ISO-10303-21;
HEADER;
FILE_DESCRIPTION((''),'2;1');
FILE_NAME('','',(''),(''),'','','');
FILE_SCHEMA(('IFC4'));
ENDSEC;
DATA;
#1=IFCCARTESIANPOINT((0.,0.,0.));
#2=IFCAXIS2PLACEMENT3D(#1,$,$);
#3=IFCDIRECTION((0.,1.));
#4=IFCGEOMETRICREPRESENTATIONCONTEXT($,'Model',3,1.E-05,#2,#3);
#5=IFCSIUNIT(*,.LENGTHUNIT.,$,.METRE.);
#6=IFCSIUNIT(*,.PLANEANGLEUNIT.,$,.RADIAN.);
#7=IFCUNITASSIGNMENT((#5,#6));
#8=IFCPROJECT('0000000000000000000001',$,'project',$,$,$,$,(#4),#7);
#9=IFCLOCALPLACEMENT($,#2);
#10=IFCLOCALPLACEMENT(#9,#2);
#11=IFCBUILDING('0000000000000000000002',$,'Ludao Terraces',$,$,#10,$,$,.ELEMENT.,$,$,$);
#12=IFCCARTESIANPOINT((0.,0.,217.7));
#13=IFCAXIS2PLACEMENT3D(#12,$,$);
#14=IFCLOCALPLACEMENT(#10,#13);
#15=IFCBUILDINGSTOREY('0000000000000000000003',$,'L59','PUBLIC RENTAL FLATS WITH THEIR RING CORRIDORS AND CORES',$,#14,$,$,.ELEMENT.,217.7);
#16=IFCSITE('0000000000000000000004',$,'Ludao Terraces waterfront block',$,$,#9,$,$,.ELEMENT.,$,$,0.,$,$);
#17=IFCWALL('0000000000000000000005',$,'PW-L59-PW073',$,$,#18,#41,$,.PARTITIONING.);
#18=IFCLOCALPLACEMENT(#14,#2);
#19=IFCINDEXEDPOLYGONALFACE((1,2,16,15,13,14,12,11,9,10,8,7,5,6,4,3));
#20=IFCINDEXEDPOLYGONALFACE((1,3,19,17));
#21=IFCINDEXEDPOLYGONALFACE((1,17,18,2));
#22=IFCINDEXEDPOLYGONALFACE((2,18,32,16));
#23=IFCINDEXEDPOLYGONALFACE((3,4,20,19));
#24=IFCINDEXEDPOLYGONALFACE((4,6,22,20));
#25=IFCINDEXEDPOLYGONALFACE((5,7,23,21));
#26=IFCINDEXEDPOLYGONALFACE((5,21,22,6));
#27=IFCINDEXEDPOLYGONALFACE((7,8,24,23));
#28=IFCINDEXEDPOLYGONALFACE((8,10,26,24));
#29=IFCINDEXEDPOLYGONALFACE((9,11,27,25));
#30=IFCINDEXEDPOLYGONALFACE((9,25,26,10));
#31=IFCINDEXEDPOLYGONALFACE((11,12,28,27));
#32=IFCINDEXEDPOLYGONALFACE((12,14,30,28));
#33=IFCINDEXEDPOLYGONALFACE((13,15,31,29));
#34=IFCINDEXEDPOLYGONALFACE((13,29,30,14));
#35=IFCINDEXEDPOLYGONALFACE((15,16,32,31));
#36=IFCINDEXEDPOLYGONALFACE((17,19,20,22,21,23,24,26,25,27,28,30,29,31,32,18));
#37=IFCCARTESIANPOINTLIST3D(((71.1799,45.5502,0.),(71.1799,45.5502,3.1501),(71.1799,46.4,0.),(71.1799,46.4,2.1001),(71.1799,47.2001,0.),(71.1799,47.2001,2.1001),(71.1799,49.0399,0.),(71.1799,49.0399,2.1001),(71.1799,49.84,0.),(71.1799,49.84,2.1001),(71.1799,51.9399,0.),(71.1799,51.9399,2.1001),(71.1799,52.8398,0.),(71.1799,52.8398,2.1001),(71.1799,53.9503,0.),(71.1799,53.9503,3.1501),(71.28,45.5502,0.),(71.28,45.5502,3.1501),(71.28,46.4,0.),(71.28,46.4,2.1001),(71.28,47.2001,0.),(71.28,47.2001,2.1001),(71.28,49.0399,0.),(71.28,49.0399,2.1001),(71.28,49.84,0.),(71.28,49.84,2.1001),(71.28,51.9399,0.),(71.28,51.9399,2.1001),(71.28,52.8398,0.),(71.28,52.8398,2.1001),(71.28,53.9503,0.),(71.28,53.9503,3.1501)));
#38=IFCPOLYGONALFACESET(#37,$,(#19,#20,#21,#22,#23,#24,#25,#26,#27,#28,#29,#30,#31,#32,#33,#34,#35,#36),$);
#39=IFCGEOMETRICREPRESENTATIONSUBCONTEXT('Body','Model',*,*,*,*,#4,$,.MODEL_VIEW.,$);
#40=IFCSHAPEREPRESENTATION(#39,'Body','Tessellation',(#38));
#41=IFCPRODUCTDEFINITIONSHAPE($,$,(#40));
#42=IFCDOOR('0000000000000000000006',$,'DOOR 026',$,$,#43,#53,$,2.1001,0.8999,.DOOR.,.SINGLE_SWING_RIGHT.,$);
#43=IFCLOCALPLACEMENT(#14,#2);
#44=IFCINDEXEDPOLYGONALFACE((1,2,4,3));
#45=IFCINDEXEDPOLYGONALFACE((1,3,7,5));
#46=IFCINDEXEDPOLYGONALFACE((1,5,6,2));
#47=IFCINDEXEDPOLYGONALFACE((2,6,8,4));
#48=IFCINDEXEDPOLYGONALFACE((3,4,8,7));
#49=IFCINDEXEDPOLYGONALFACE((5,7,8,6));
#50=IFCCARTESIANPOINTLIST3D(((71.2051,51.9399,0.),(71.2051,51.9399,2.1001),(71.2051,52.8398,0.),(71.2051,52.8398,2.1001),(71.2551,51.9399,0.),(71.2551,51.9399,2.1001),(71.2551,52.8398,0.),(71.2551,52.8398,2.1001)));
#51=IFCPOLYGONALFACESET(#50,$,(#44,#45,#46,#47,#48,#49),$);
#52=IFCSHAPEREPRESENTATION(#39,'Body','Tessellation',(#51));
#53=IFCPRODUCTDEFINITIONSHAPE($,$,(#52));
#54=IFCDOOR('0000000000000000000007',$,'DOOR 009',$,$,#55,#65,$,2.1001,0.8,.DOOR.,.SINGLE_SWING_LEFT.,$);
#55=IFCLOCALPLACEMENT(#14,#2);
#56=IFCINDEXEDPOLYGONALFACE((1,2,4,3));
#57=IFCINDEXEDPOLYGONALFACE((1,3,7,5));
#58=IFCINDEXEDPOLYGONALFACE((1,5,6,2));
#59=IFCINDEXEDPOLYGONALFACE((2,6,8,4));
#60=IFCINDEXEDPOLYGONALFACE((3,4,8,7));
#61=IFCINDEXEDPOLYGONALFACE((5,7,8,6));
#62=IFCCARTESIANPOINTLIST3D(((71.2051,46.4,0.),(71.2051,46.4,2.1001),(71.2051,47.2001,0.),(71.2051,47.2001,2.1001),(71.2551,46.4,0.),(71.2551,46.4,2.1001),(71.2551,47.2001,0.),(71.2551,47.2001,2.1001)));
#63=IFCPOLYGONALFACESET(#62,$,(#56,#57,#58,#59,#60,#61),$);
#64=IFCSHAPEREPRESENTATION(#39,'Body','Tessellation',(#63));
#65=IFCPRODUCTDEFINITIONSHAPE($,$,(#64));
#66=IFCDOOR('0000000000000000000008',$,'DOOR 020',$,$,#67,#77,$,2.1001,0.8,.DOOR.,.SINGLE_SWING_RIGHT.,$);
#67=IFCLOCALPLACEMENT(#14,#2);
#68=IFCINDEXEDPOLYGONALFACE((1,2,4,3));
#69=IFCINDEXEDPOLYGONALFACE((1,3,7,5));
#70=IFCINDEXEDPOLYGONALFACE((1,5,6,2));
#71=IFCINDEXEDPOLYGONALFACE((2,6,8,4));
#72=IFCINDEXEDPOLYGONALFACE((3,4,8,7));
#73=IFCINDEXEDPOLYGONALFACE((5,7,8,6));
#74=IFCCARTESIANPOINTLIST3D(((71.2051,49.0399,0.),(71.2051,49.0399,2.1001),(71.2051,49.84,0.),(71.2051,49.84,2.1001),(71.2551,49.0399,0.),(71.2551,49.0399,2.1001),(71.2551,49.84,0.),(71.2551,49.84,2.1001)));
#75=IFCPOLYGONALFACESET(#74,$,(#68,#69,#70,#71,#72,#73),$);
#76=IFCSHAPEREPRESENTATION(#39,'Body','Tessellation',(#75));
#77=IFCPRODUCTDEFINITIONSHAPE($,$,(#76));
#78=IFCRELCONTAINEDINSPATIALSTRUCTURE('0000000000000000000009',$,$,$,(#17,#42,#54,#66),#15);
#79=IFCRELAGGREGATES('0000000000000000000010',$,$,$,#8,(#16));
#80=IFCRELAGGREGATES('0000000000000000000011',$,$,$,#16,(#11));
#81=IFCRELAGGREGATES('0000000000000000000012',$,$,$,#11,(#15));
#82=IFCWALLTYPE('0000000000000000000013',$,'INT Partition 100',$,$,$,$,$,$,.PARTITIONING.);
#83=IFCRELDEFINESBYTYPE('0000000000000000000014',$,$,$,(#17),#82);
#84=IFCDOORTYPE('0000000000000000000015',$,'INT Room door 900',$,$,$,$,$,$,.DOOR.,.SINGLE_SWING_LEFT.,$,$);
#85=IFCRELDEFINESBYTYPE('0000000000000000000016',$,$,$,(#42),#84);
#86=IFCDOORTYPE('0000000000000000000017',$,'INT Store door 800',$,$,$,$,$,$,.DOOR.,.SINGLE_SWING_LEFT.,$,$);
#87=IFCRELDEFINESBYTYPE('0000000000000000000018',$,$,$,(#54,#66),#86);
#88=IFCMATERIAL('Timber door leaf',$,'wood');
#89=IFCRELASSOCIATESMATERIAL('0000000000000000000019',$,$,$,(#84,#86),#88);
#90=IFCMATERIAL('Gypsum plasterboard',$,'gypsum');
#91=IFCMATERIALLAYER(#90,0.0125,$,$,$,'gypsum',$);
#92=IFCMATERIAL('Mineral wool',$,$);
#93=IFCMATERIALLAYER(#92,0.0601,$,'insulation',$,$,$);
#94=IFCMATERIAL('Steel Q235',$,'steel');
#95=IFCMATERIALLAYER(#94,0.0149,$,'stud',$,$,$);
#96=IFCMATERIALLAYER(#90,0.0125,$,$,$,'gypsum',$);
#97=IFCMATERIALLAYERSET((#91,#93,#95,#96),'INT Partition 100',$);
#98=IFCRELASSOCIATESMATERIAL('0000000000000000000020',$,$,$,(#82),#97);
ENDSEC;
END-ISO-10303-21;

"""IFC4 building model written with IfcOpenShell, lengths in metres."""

from ifc_helpers import new_model, si_unit, direction, frame, frame_2d, origin, place, context, subcontext, project, spatial, rectangle, extrude, material, layer, layer_set, type_object, element, fill, save


model = new_model("IFC4")

# Units and contexts
model_context = context("Model", 3, precision=1e-05, world=origin(), true_north=direction((0.0, 1.0)))
body_context = subcontext(model_context, "Body", "Model", "MODEL_VIEW")
ifc_project = project(units=[si_unit("LENGTHUNIT", "METRE"), si_unit("PLANEANGLEUNIT", "RADIAN")], contexts=[model_context])

# Site, building, storey
site_placement = place(None, origin())
site = spatial("IfcSite", under=ifc_project, at=site_placement, Name="Ludao Terraces waterfront block", CompositionType="ELEMENT", RefElevation=0.0)
building_placement = place(site_placement, origin())
building = spatial("IfcBuilding", under=site, at=building_placement, Name="Ludao Terraces", CompositionType="ELEMENT")
storey_placement = place(building_placement, frame((0.0, 0.0, 217.7)))
storey = spatial("IfcBuildingStorey", under=building, at=storey_placement, Name="L59", Description="PUBLIC RENTAL FLATS WITH THEIR RING CORRIDORS AND CORES", CompositionType="ELEMENT", Elevation=217.7)

# Wall, openings, doors
ifc_material_1 = material(Name="Steel Q235", Category="steel")
ifc_material_2 = material(Name="Timber door leaf", Category="wood")
door_type_1 = type_object("IfcDoorType", Name="INT Room door 900", OperationType="SINGLE_SWING_LEFT", PredefinedType="DOOR", material=ifc_material_2)
ifc_material_3 = material(Name="Gypsum plasterboard", Category="gypsum")
ifc_layer_1 = layer(ifc_material_3, 0.0125, Category="gypsum")
ifc_material_4 = material(Name="Mineral wool")
ifc_layer_2 = layer(ifc_material_4, 0.0601, Name="insulation")
ifc_layer_3 = layer(ifc_material_1, 0.0149, Name="stud")
ifc_layer_4 = layer(ifc_material_3, 0.0125, Category="gypsum")
ifc_layer_set_1 = layer_set([ifc_layer_1, ifc_layer_2, ifc_layer_3, ifc_layer_4], Name="INT Partition 100")
wall_type_1 = type_object("IfcWallType", Name="INT Partition 100", PredefinedType="PARTITIONING", material=ifc_layer_set_1)
wall_1_placement = place(storey_placement, frame((71.23, 45.55, 0.0), z_axis=(0.0, 0.0, 1.0), x_axis=(0.0, 1.0, 0.0)))
wall_1 = element("IfcWall", 1, at=wall_1_placement, inside=storey, type_object=wall_type_1, Name="PW-L59-PW073", PredefinedType="PARTITIONING", context=body_context, shape_type="SweptSolid", body=[
    extrude(rectangle(XDim=8.4001, YDim=0.1001, at=frame_2d((4.2002, 0.0))), origin(), (0.0, 0.0, 1.0), 3.1501),
])
opening_1_placement = place(wall_1_placement, frame((0.8501, 0.0, 0.0)))
opening_1 = element("IfcOpeningElement", 2, at=opening_1_placement, cuts=wall_1, PredefinedType="OPENING", context=body_context, shape_type="SweptSolid", body=[
    extrude(rectangle(XDim=0.8, YDim=2.1001, at=frame_2d((0.3999, 1.05))), frame((0.0, 0.0601, 0.0), z_axis=(0.0, -1.0, 0.0), x_axis=(1.0, 0.0, 0.0)), (0.0, 0.0, 1.0), 0.1201),
])
opening_2_placement = place(wall_1_placement, frame((3.49, 0.0, 0.0)))
opening_2 = element("IfcOpeningElement", 3, at=opening_2_placement, cuts=wall_1, PredefinedType="OPENING", context=body_context, shape_type="SweptSolid", body=[
    extrude(rectangle(XDim=0.8, YDim=2.1001, at=frame_2d((0.3999, 1.05))), frame((0.0, 0.0601, 0.0), z_axis=(0.0, -1.0, 0.0), x_axis=(1.0, 0.0, 0.0)), (0.0, 0.0, 1.0), 0.1201),
])
opening_3_placement = place(wall_1_placement, frame((6.3899, 0.0, 0.0)))
opening_3 = element("IfcOpeningElement", 4, at=opening_3_placement, cuts=wall_1, PredefinedType="OPENING", context=body_context, shape_type="SweptSolid", body=[
    extrude(rectangle(XDim=0.8999, YDim=2.1001, at=frame_2d((0.45, 1.05))), frame((0.0, 0.0601, 0.0), z_axis=(0.0, -1.0, 0.0), x_axis=(1.0, 0.0, 0.0)), (0.0, 0.0, 1.0), 0.1201),
])
door_1_placement = place(opening_3_placement, origin())
door_1 = element("IfcDoor", 5, at=door_1_placement, inside=storey, type_object=door_type_1, Name="DOOR 026", OperationType="SINGLE_SWING_RIGHT", OverallHeight=2.1001, OverallWidth=0.8999, PredefinedType="DOOR", context=body_context, shape_type="SweptSolid", body=[
    extrude(rectangle(XDim=0.8999, YDim=2.1001, at=frame_2d((0.45, 1.05))), frame((0.0, 0.0249, 0.0), z_axis=(0.0, -1.0, 0.0), x_axis=(1.0, 0.0, 0.0)), (0.0, 0.0, 1.0), 0.05),
])
fill(opening_3, door_1)
door_type_2 = type_object("IfcDoorType", Name="INT Store door 800", OperationType="SINGLE_SWING_LEFT", PredefinedType="DOOR", material=ifc_material_2)
door_2_placement = place(opening_1_placement, origin())
door_2 = element("IfcDoor", 6, at=door_2_placement, inside=storey, type_object=door_type_2, Name="DOOR 009", OperationType="SINGLE_SWING_LEFT", OverallHeight=2.1001, OverallWidth=0.8, PredefinedType="DOOR", context=body_context, shape_type="SweptSolid", body=[
    extrude(rectangle(XDim=0.8, YDim=2.1001, at=frame_2d((0.3999, 1.05))), frame((0.0, 0.0249, 0.0), z_axis=(0.0, -1.0, 0.0), x_axis=(1.0, 0.0, 0.0)), (0.0, 0.0, 1.0), 0.05),
])
fill(opening_1, door_2)
door_3_placement = place(opening_2_placement, origin())
door_3 = element("IfcDoor", 7, at=door_3_placement, inside=storey, type_object=door_type_2, Name="DOOR 020", OperationType="SINGLE_SWING_RIGHT", OverallHeight=2.1001, OverallWidth=0.8, PredefinedType="DOOR", context=body_context, shape_type="SweptSolid", body=[
    extrude(rectangle(XDim=0.8, YDim=2.1001, at=frame_2d((0.3999, 1.05))), frame((0.0, 0.0249, 0.0), z_axis=(0.0, -1.0, 0.0), x_axis=(1.0, 0.0, 0.0)), (0.0, 0.0, 1.0), 0.05),
])
fill(opening_2, door_3)

save(model, "model.ifc")
